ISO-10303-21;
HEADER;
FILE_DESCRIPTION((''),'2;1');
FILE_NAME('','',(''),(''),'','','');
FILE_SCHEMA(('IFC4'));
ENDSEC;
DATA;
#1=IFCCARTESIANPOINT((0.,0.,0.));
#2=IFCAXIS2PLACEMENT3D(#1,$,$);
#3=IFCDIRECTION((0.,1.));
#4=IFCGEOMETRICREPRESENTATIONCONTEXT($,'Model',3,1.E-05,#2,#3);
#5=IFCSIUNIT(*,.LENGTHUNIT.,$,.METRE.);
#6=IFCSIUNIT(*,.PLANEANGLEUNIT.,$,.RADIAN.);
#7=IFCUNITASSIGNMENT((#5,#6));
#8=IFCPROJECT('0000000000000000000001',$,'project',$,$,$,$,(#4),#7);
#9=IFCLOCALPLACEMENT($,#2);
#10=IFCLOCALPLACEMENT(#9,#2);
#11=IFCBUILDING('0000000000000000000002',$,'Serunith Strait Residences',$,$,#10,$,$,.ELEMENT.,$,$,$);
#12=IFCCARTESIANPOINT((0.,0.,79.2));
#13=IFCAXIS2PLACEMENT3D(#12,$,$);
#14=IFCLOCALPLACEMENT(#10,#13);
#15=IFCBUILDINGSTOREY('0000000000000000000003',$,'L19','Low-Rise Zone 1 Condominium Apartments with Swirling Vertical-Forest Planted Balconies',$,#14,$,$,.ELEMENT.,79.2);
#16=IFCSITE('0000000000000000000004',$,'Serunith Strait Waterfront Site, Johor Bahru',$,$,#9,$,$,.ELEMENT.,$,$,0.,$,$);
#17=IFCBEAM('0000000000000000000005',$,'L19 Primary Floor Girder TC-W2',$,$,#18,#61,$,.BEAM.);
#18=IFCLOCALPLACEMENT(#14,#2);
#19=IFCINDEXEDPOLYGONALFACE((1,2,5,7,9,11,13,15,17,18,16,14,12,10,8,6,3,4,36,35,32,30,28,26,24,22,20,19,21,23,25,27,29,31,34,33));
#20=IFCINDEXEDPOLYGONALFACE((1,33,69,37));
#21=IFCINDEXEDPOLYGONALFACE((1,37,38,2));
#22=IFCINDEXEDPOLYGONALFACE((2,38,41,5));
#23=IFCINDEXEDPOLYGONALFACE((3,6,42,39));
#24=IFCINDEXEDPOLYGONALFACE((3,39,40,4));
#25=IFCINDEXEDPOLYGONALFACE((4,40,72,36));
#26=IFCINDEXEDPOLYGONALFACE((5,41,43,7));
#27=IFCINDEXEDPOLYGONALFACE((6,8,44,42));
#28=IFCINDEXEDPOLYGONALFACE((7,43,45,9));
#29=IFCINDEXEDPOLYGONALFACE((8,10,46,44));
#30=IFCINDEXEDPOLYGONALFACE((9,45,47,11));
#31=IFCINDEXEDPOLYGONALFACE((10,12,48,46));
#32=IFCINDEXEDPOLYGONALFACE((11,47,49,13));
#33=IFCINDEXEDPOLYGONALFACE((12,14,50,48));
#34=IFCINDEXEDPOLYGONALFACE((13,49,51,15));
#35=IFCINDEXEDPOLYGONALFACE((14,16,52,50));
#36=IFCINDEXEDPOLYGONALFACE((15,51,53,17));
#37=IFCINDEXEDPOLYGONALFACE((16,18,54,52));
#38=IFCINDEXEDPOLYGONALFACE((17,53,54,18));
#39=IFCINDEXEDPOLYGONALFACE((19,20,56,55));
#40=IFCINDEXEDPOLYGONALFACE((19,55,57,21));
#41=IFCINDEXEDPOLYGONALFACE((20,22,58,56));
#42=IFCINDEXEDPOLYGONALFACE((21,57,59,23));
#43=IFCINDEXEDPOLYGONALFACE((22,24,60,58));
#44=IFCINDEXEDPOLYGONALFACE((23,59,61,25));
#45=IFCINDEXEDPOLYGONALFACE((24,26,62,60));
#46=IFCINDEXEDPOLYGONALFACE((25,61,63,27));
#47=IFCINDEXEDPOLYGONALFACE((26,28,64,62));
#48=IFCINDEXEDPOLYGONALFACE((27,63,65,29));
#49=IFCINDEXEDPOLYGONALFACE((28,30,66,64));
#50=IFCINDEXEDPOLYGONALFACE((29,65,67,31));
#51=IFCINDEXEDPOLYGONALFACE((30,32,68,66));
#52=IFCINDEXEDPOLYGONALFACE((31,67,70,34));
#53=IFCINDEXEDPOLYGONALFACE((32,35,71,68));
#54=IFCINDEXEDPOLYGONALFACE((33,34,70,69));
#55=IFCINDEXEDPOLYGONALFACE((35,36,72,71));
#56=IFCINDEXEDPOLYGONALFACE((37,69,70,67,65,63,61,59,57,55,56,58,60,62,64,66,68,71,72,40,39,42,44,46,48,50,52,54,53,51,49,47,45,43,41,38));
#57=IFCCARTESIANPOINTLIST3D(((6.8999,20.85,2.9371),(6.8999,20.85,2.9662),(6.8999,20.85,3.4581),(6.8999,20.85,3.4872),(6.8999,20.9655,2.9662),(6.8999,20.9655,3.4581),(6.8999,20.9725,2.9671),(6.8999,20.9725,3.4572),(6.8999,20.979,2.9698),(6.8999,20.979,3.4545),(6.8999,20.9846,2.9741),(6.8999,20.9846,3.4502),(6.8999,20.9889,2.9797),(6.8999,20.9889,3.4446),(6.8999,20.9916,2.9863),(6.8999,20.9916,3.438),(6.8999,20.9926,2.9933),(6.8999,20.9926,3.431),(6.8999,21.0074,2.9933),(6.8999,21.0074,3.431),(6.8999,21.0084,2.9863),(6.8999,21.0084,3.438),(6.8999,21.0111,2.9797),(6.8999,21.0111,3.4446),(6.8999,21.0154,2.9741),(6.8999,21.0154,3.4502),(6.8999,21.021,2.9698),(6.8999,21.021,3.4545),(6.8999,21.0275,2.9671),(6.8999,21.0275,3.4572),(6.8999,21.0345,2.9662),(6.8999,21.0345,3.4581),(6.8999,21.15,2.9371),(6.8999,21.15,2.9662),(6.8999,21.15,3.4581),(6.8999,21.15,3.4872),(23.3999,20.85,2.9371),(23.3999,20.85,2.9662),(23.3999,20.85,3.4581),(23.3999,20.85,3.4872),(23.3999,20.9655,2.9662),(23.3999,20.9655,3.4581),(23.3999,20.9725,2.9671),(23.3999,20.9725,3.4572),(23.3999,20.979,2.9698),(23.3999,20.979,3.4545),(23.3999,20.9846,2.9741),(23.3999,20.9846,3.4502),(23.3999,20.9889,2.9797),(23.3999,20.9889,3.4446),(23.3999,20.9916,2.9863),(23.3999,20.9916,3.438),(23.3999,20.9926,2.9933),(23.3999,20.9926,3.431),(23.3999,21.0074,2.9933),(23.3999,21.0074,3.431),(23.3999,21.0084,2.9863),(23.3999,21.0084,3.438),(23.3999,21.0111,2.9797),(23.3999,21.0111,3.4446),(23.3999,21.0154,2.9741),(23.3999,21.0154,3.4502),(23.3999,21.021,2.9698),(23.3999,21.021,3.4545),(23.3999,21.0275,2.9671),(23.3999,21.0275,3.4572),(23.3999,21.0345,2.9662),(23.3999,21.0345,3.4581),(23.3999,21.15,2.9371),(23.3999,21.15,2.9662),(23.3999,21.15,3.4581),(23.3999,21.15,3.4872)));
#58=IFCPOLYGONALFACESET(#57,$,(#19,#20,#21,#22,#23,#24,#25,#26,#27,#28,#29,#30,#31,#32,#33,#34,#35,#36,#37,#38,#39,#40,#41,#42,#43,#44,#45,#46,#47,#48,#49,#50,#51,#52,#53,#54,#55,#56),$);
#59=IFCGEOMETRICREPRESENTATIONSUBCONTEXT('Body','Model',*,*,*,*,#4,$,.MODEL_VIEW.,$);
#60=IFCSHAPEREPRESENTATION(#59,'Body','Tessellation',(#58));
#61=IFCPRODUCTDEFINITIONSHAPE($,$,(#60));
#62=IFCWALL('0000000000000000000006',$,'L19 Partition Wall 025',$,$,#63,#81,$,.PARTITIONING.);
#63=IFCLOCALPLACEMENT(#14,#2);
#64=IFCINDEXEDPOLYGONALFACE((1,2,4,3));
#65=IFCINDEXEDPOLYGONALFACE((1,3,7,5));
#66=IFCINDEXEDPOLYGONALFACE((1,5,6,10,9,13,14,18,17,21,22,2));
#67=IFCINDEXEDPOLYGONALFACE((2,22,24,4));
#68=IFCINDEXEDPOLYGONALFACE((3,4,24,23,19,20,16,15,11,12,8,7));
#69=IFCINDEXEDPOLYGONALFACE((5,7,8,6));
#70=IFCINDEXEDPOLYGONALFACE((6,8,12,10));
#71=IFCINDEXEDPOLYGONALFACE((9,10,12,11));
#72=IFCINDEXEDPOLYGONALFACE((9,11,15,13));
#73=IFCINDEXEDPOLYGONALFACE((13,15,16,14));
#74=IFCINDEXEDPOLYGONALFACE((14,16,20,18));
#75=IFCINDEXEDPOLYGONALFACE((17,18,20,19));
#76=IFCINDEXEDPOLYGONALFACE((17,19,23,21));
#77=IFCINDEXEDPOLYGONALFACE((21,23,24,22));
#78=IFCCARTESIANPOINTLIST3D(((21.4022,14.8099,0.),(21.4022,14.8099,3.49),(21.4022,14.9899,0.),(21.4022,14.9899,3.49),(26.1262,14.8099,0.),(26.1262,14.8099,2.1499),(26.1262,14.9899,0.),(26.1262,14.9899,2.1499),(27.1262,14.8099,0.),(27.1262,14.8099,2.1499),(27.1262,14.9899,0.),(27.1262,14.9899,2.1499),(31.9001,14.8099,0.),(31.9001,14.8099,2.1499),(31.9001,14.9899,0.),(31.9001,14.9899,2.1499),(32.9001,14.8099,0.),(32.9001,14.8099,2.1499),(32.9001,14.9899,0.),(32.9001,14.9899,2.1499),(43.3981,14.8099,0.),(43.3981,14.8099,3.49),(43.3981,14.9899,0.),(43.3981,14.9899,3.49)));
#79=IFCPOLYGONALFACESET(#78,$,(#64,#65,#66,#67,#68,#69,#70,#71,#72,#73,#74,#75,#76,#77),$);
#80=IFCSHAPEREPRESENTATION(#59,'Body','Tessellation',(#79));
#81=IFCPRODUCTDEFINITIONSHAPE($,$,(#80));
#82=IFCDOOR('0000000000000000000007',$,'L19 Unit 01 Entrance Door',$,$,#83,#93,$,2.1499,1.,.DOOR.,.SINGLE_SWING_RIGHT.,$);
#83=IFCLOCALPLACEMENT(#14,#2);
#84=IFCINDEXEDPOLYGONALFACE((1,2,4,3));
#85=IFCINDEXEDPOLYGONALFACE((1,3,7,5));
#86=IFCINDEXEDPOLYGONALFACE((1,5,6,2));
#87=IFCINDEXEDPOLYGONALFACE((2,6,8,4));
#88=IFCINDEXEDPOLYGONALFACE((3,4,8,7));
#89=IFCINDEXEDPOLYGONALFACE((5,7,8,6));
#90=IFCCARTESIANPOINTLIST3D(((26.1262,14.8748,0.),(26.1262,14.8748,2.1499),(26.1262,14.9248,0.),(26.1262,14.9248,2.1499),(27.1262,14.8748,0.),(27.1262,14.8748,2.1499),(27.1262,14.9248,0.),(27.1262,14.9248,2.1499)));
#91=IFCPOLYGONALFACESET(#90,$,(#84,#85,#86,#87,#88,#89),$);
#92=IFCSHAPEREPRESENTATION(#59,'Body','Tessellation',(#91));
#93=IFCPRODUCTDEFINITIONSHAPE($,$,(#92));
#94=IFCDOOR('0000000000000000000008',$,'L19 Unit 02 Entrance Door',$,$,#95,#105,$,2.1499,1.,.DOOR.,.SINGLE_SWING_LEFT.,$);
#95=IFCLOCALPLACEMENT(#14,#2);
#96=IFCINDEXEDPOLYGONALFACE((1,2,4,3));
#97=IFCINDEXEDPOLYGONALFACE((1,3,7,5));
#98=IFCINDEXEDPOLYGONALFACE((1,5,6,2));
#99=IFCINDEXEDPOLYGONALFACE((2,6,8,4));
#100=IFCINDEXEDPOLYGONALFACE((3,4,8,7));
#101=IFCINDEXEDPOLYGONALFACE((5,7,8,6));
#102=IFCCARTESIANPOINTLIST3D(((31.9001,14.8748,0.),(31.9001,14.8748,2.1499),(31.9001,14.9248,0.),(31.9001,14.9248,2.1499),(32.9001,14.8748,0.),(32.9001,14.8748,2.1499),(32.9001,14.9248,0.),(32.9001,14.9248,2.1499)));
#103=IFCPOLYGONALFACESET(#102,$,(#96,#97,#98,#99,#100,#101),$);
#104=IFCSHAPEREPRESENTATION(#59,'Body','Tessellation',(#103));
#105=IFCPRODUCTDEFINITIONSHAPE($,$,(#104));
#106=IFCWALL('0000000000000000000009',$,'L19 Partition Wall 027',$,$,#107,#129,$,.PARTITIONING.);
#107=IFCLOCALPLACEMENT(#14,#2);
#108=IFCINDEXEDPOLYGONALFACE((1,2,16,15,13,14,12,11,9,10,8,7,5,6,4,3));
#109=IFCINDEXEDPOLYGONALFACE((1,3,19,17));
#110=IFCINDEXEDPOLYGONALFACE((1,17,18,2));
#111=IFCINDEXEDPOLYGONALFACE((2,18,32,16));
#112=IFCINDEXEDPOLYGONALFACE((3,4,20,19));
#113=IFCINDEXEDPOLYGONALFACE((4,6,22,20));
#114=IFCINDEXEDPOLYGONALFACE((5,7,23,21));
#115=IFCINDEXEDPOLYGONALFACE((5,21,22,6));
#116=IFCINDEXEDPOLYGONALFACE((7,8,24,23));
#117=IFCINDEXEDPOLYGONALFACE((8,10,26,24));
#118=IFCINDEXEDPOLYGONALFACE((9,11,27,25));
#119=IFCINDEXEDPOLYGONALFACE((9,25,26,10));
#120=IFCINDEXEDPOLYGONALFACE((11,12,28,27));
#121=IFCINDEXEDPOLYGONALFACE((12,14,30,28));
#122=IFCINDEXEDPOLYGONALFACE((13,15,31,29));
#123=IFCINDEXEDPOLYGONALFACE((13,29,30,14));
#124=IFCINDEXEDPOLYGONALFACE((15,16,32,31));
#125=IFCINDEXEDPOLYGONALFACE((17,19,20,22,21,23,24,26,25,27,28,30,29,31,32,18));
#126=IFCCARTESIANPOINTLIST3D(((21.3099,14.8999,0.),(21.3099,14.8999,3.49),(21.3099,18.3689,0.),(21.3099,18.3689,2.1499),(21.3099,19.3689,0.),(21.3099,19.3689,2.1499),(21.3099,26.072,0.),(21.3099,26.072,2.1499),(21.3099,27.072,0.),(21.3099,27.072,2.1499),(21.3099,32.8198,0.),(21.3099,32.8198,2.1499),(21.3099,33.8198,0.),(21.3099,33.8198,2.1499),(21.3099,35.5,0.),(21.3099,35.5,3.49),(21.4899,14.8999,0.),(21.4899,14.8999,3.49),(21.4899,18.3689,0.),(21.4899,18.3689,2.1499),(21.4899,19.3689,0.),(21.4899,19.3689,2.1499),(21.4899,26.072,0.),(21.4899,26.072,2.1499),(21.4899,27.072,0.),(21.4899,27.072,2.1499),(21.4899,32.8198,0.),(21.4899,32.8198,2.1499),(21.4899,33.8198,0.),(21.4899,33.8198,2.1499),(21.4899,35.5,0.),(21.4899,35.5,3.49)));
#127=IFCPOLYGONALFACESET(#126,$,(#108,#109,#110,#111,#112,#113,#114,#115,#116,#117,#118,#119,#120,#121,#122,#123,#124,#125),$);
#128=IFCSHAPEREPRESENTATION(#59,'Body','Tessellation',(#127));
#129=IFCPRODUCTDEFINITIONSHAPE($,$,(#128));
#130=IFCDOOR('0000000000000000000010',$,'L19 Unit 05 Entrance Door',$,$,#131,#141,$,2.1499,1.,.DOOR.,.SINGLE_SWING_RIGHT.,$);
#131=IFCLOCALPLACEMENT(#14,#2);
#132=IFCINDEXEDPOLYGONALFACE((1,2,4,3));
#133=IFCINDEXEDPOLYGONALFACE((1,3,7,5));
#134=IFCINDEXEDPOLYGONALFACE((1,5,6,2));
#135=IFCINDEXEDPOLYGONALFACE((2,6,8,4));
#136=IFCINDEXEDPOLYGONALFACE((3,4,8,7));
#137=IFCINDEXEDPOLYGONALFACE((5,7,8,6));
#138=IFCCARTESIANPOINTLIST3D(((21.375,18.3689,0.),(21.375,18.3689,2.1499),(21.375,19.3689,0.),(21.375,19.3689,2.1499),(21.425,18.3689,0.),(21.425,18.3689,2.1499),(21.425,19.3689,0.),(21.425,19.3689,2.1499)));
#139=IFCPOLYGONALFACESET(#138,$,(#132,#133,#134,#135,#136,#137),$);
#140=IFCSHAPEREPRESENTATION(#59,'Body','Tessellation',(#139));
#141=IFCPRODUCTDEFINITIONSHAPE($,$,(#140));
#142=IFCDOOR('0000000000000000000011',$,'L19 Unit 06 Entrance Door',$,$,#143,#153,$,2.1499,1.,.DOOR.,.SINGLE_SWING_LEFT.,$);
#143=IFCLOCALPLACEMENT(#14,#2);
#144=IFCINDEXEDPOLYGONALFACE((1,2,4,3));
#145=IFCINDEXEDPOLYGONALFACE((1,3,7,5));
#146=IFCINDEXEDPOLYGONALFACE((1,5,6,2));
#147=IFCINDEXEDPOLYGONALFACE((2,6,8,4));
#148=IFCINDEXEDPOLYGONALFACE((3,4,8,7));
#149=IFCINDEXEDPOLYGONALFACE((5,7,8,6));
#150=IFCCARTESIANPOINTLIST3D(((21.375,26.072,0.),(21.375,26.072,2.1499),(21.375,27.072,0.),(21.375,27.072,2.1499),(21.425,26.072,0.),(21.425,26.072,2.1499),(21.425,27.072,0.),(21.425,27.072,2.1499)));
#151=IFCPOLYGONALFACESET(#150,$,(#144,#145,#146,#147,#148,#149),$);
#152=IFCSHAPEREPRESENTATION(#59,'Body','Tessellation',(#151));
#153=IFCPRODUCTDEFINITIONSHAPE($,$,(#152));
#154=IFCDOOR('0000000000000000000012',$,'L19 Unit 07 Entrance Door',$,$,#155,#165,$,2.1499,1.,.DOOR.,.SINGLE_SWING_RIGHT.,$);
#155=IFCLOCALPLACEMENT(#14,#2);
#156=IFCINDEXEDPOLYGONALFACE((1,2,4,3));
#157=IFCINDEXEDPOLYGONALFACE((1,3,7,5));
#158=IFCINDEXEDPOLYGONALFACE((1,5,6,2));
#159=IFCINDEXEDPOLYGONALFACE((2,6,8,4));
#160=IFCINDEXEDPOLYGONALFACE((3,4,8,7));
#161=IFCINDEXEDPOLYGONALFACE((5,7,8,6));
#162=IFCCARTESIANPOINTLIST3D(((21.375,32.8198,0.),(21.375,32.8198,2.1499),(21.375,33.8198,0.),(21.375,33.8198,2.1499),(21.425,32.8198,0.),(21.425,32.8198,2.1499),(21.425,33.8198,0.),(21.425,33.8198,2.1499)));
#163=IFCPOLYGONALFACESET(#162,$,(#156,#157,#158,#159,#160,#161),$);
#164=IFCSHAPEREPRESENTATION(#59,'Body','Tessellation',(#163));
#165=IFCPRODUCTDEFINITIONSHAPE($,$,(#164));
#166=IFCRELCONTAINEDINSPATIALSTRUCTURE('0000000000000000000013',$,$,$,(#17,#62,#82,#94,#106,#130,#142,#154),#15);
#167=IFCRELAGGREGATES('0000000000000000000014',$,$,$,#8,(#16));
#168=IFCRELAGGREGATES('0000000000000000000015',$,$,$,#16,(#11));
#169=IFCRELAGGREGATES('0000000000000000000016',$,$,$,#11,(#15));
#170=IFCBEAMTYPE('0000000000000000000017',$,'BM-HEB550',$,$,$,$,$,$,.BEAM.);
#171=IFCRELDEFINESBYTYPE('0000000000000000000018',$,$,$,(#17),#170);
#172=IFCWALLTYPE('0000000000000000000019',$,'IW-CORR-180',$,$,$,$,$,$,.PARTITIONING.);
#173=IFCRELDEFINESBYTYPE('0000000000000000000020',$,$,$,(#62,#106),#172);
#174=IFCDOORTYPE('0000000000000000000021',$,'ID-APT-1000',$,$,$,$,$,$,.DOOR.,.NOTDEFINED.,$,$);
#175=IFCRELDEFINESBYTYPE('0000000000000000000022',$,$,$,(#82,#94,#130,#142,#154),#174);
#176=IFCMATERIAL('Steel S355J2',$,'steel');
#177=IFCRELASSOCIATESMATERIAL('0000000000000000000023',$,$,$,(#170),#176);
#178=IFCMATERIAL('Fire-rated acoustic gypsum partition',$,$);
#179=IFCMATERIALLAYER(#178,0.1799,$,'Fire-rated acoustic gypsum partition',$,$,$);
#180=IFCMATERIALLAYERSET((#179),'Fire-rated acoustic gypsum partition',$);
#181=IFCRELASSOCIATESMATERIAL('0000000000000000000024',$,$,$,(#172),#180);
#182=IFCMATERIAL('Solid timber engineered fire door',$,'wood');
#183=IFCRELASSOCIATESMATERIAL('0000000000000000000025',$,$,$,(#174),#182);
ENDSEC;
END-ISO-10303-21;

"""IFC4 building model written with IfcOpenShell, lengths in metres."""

from ifc_helpers import new_model, si_unit, direction, frame, frame_2d, origin, origin_2d, place, context, subcontext, project, spatial, rectangle, i_section, extrude, source, transform, mapped, material, layer, layer_set, material_profile, profile_set, type_object, element, fill, save


model = new_model("IFC4")

# Units and contexts
model_context = context("Model", 3, precision=1e-05, world=origin(), true_north=direction((0.0, 1.0)))
body_context = subcontext(model_context, "Body", "Model", "MODEL_VIEW")
ifc_project = project(units=[si_unit("LENGTHUNIT", "METRE"), si_unit("PLANEANGLEUNIT", "RADIAN")], contexts=[model_context])

# Site, building, storey
site_placement = place(None, origin())
site = spatial("IfcSite", under=ifc_project, at=site_placement, Name="Serunith Strait Waterfront Site, Johor Bahru", CompositionType="ELEMENT", RefElevation=0.0)
building_placement = place(site_placement, origin())
building = spatial("IfcBuilding", under=site, at=building_placement, Name="Serunith Strait Residences", CompositionType="ELEMENT")
storey_placement = place(building_placement, frame((0.0, 0.0, 79.2)))
storey = spatial("IfcBuildingStorey", under=building, at=storey_placement, Name="L19", Description="Low-Rise Zone 1 Condominium Apartments with Swirling Vertical-Forest Planted Balconies", CompositionType="ELEMENT", Elevation=79.2)

# Beam
ifc_material_1 = material(Name="Steel S355J2", Category="steel")
ifc_material_profile = material_profile(ifc_material_1, i_section(OverallWidth=0.3, OverallDepth=0.55, WebThickness=0.0149, FlangeThickness=0.0291, FilletRadius=0.0271, at=origin_2d()), Name="HEB 550")
ifc_profile_set = profile_set([ifc_material_profile], Name="Steel S355J2")
beam_type = type_object("IfcBeamType", Name="BM-HEB550", PredefinedType="BEAM", material=ifc_profile_set)
shared_shape_1 = source(origin(), body_context, "Body", "SweptSolid", [
    extrude(i_section(OverallWidth=0.3, OverallDepth=0.55, WebThickness=0.0149, FlangeThickness=0.0291, FilletRadius=0.0271, at=origin_2d()), origin(), (0.0, 0.0, 1.0), 16.5),
])
beam_placement = place(storey_placement, frame((23.3999, 21.0, 3.2122), z_axis=(-1.0, 0.0, 0.0), x_axis=(0.0, -1.0, 0.0)))
element("IfcBeam", 1, at=beam_placement, inside=storey, type_object=beam_type, Name="L19 Primary Floor Girder TC-W2", PredefinedType="BEAM", context=body_context, shape_type="MappedRepresentation", body=[
    mapped(shared_shape_1, transform((0.0, 0.0, 0.0), scale=1.0)),
])

# Walls, openings, doors
ifc_material_2 = material(Name="Fire-rated acoustic gypsum partition")
ifc_layer_1 = layer(ifc_material_2, 0.1799, Name="Fire-rated acoustic gypsum partition")
ifc_layer_set_1 = layer_set([ifc_layer_1], Name="Fire-rated acoustic gypsum partition")
wall_type_1 = type_object("IfcWallType", Name="IW-CORR-180", PredefinedType="PARTITIONING", material=ifc_layer_set_1)
wall_1_placement = place(storey_placement, frame((21.4021, 14.8999, 0.0), z_axis=(0.0, 0.0, 1.0), x_axis=(1.0, 0.0, 0.0)))
wall_1 = element("IfcWall", 2, at=wall_1_placement, inside=storey, type_object=wall_type_1, Name="L19 Partition Wall 025", PredefinedType="PARTITIONING", context=body_context, shape_type="SweptSolid", body=[
    extrude(rectangle(XDim=21.9958, YDim=0.1799, at=frame_2d((10.998, 0.0))), origin(), (0.0, 0.0, 1.0), 3.49),
])
opening_1_placement = place(wall_1_placement, frame((4.7241, 0.0, 0.0)))
opening_1 = element("IfcOpeningElement", 3, at=opening_1_placement, cuts=wall_1, PredefinedType="OPENING", context=body_context, shape_type="SweptSolid", body=[
    extrude(rectangle(XDim=1.0, YDim=2.1499, at=frame_2d((0.5, 1.075))), frame((0.0, 0.1001, 0.0), z_axis=(0.0, -1.0, 0.0), x_axis=(1.0, 0.0, 0.0)), (0.0, 0.0, 1.0), 0.2),
])
opening_2_placement = place(wall_1_placement, frame((10.498, 0.0, 0.0)))
opening_2 = element("IfcOpeningElement", 4, at=opening_2_placement, cuts=wall_1, PredefinedType="OPENING", context=body_context, shape_type="SweptSolid", body=[
    extrude(rectangle(XDim=1.0, YDim=2.1499, at=frame_2d((0.5, 1.075))), frame((0.0, 0.1001, 0.0), z_axis=(0.0, -1.0, 0.0), x_axis=(1.0, 0.0, 0.0)), (0.0, 0.0, 1.0), 0.2),
])
ifc_material_3 = material(Name="Solid timber engineered fire door", Category="wood")
door_type_1 = type_object("IfcDoorType", Name="ID-APT-1000", OperationType="NOTDEFINED", PredefinedType="DOOR", material=ifc_material_3)
shared_shape_2 = source(origin(), body_context, "Body", "SweptSolid", [
    extrude(rectangle(XDim=1.0, YDim=2.1499, at=frame_2d((0.5, 1.075))), frame((0.0, 0.0249, 0.0), z_axis=(0.0, -1.0, 0.0), x_axis=(1.0, 0.0, 0.0)), (0.0, 0.0, 1.0), 0.05),
])
door_1_placement = place(opening_1_placement, origin())
door_1 = element("IfcDoor", 5, at=door_1_placement, inside=storey, type_object=door_type_1, Name="L19 Unit 01 Entrance Door", OperationType="SINGLE_SWING_RIGHT", OverallHeight=2.1499, OverallWidth=1.0, PredefinedType="DOOR", context=body_context, shape_type="MappedRepresentation", body=[
    mapped(shared_shape_2, transform((0.0, 0.0, 0.0), scale=1.0)),
])
fill(opening_1, door_1)
door_2_placement = place(opening_2_placement, origin())
door_2 = element("IfcDoor", 6, at=door_2_placement, inside=storey, type_object=door_type_1, Name="L19 Unit 02 Entrance Door", OperationType="SINGLE_SWING_LEFT", OverallHeight=2.1499, OverallWidth=1.0, PredefinedType="DOOR", context=body_context, shape_type="MappedRepresentation", body=[
    mapped(shared_shape_2, transform((0.0, 0.0, 0.0), scale=1.0)),
])
fill(opening_2, door_2)
wall_2_placement = place(storey_placement, frame((21.3999, 14.8999, 0.0), z_axis=(0.0, 0.0, 1.0), x_axis=(0.0, 1.0, 0.0)))
wall_2 = element("IfcWall", 7, at=wall_2_placement, inside=storey, type_object=wall_type_1, Name="L19 Partition Wall 027", PredefinedType="PARTITIONING", context=body_context, shape_type="SweptSolid", body=[
    extrude(rectangle(XDim=20.6001, YDim=0.1799, at=frame_2d((10.3, 0.0))), origin(), (0.0, 0.0, 1.0), 3.49),
])
opening_3_placement = place(wall_2_placement, frame((3.469, 0.0, 0.0)))
opening_3 = element("IfcOpeningElement", 8, at=opening_3_placement, cuts=wall_2, PredefinedType="OPENING", context=body_context, shape_type="SweptSolid", body=[
    extrude(rectangle(XDim=1.0, YDim=2.1499, at=frame_2d((0.5, 1.075))), frame((0.0, 0.1001, 0.0), z_axis=(0.0, -1.0, 0.0), x_axis=(1.0, 0.0, 0.0)), (0.0, 0.0, 1.0), 0.2),
])
opening_4_placement = place(wall_2_placement, frame((11.1721, 0.0, 0.0)))
opening_4 = element("IfcOpeningElement", 9, at=opening_4_placement, cuts=wall_2, PredefinedType="OPENING", context=body_context, shape_type="SweptSolid", body=[
    extrude(rectangle(XDim=1.0, YDim=2.1499, at=frame_2d((0.5, 1.075))), frame((0.0, 0.1001, 0.0), z_axis=(0.0, -1.0, 0.0), x_axis=(1.0, 0.0, 0.0)), (0.0, 0.0, 1.0), 0.2),
])
opening_5_placement = place(wall_2_placement, frame((17.9199, 0.0, 0.0)))
opening_5 = element("IfcOpeningElement", 10, at=opening_5_placement, cuts=wall_2, PredefinedType="OPENING", context=body_context, shape_type="SweptSolid", body=[
    extrude(rectangle(XDim=1.0, YDim=2.1499, at=frame_2d((0.5, 1.075))), frame((0.0, 0.1001, 0.0), z_axis=(0.0, -1.0, 0.0), x_axis=(1.0, 0.0, 0.0)), (0.0, 0.0, 1.0), 0.2),
])
door_3_placement = place(opening_3_placement, origin())
door_3 = element("IfcDoor", 11, at=door_3_placement, inside=storey, type_object=door_type_1, Name="L19 Unit 05 Entrance Door", OperationType="SINGLE_SWING_RIGHT", OverallHeight=2.1499, OverallWidth=1.0, PredefinedType="DOOR", context=body_context, shape_type="MappedRepresentation", body=[
    mapped(shared_shape_2, transform((0.0, 0.0, 0.0), scale=1.0)),
])
fill(opening_3, door_3)
door_4_placement = place(opening_4_placement, origin())
door_4 = element("IfcDoor", 12, at=door_4_placement, inside=storey, type_object=door_type_1, Name="L19 Unit 06 Entrance Door", OperationType="SINGLE_SWING_LEFT", OverallHeight=2.1499, OverallWidth=1.0, PredefinedType="DOOR", context=body_context, shape_type="MappedRepresentation", body=[
    mapped(shared_shape_2, transform((0.0, 0.0, 0.0), scale=1.0)),
])
fill(opening_4, door_4)
door_5_placement = place(opening_5_placement, origin())
door_5 = element("IfcDoor", 13, at=door_5_placement, inside=storey, type_object=door_type_1, Name="L19 Unit 07 Entrance Door", OperationType="SINGLE_SWING_RIGHT", OverallHeight=2.1499, OverallWidth=1.0, PredefinedType="DOOR", context=body_context, shape_type="MappedRepresentation", body=[
    mapped(shared_shape_2, transform((0.0, 0.0, 0.0), scale=1.0)),
])
fill(opening_5, door_5)

save(model, "model.ifc")
